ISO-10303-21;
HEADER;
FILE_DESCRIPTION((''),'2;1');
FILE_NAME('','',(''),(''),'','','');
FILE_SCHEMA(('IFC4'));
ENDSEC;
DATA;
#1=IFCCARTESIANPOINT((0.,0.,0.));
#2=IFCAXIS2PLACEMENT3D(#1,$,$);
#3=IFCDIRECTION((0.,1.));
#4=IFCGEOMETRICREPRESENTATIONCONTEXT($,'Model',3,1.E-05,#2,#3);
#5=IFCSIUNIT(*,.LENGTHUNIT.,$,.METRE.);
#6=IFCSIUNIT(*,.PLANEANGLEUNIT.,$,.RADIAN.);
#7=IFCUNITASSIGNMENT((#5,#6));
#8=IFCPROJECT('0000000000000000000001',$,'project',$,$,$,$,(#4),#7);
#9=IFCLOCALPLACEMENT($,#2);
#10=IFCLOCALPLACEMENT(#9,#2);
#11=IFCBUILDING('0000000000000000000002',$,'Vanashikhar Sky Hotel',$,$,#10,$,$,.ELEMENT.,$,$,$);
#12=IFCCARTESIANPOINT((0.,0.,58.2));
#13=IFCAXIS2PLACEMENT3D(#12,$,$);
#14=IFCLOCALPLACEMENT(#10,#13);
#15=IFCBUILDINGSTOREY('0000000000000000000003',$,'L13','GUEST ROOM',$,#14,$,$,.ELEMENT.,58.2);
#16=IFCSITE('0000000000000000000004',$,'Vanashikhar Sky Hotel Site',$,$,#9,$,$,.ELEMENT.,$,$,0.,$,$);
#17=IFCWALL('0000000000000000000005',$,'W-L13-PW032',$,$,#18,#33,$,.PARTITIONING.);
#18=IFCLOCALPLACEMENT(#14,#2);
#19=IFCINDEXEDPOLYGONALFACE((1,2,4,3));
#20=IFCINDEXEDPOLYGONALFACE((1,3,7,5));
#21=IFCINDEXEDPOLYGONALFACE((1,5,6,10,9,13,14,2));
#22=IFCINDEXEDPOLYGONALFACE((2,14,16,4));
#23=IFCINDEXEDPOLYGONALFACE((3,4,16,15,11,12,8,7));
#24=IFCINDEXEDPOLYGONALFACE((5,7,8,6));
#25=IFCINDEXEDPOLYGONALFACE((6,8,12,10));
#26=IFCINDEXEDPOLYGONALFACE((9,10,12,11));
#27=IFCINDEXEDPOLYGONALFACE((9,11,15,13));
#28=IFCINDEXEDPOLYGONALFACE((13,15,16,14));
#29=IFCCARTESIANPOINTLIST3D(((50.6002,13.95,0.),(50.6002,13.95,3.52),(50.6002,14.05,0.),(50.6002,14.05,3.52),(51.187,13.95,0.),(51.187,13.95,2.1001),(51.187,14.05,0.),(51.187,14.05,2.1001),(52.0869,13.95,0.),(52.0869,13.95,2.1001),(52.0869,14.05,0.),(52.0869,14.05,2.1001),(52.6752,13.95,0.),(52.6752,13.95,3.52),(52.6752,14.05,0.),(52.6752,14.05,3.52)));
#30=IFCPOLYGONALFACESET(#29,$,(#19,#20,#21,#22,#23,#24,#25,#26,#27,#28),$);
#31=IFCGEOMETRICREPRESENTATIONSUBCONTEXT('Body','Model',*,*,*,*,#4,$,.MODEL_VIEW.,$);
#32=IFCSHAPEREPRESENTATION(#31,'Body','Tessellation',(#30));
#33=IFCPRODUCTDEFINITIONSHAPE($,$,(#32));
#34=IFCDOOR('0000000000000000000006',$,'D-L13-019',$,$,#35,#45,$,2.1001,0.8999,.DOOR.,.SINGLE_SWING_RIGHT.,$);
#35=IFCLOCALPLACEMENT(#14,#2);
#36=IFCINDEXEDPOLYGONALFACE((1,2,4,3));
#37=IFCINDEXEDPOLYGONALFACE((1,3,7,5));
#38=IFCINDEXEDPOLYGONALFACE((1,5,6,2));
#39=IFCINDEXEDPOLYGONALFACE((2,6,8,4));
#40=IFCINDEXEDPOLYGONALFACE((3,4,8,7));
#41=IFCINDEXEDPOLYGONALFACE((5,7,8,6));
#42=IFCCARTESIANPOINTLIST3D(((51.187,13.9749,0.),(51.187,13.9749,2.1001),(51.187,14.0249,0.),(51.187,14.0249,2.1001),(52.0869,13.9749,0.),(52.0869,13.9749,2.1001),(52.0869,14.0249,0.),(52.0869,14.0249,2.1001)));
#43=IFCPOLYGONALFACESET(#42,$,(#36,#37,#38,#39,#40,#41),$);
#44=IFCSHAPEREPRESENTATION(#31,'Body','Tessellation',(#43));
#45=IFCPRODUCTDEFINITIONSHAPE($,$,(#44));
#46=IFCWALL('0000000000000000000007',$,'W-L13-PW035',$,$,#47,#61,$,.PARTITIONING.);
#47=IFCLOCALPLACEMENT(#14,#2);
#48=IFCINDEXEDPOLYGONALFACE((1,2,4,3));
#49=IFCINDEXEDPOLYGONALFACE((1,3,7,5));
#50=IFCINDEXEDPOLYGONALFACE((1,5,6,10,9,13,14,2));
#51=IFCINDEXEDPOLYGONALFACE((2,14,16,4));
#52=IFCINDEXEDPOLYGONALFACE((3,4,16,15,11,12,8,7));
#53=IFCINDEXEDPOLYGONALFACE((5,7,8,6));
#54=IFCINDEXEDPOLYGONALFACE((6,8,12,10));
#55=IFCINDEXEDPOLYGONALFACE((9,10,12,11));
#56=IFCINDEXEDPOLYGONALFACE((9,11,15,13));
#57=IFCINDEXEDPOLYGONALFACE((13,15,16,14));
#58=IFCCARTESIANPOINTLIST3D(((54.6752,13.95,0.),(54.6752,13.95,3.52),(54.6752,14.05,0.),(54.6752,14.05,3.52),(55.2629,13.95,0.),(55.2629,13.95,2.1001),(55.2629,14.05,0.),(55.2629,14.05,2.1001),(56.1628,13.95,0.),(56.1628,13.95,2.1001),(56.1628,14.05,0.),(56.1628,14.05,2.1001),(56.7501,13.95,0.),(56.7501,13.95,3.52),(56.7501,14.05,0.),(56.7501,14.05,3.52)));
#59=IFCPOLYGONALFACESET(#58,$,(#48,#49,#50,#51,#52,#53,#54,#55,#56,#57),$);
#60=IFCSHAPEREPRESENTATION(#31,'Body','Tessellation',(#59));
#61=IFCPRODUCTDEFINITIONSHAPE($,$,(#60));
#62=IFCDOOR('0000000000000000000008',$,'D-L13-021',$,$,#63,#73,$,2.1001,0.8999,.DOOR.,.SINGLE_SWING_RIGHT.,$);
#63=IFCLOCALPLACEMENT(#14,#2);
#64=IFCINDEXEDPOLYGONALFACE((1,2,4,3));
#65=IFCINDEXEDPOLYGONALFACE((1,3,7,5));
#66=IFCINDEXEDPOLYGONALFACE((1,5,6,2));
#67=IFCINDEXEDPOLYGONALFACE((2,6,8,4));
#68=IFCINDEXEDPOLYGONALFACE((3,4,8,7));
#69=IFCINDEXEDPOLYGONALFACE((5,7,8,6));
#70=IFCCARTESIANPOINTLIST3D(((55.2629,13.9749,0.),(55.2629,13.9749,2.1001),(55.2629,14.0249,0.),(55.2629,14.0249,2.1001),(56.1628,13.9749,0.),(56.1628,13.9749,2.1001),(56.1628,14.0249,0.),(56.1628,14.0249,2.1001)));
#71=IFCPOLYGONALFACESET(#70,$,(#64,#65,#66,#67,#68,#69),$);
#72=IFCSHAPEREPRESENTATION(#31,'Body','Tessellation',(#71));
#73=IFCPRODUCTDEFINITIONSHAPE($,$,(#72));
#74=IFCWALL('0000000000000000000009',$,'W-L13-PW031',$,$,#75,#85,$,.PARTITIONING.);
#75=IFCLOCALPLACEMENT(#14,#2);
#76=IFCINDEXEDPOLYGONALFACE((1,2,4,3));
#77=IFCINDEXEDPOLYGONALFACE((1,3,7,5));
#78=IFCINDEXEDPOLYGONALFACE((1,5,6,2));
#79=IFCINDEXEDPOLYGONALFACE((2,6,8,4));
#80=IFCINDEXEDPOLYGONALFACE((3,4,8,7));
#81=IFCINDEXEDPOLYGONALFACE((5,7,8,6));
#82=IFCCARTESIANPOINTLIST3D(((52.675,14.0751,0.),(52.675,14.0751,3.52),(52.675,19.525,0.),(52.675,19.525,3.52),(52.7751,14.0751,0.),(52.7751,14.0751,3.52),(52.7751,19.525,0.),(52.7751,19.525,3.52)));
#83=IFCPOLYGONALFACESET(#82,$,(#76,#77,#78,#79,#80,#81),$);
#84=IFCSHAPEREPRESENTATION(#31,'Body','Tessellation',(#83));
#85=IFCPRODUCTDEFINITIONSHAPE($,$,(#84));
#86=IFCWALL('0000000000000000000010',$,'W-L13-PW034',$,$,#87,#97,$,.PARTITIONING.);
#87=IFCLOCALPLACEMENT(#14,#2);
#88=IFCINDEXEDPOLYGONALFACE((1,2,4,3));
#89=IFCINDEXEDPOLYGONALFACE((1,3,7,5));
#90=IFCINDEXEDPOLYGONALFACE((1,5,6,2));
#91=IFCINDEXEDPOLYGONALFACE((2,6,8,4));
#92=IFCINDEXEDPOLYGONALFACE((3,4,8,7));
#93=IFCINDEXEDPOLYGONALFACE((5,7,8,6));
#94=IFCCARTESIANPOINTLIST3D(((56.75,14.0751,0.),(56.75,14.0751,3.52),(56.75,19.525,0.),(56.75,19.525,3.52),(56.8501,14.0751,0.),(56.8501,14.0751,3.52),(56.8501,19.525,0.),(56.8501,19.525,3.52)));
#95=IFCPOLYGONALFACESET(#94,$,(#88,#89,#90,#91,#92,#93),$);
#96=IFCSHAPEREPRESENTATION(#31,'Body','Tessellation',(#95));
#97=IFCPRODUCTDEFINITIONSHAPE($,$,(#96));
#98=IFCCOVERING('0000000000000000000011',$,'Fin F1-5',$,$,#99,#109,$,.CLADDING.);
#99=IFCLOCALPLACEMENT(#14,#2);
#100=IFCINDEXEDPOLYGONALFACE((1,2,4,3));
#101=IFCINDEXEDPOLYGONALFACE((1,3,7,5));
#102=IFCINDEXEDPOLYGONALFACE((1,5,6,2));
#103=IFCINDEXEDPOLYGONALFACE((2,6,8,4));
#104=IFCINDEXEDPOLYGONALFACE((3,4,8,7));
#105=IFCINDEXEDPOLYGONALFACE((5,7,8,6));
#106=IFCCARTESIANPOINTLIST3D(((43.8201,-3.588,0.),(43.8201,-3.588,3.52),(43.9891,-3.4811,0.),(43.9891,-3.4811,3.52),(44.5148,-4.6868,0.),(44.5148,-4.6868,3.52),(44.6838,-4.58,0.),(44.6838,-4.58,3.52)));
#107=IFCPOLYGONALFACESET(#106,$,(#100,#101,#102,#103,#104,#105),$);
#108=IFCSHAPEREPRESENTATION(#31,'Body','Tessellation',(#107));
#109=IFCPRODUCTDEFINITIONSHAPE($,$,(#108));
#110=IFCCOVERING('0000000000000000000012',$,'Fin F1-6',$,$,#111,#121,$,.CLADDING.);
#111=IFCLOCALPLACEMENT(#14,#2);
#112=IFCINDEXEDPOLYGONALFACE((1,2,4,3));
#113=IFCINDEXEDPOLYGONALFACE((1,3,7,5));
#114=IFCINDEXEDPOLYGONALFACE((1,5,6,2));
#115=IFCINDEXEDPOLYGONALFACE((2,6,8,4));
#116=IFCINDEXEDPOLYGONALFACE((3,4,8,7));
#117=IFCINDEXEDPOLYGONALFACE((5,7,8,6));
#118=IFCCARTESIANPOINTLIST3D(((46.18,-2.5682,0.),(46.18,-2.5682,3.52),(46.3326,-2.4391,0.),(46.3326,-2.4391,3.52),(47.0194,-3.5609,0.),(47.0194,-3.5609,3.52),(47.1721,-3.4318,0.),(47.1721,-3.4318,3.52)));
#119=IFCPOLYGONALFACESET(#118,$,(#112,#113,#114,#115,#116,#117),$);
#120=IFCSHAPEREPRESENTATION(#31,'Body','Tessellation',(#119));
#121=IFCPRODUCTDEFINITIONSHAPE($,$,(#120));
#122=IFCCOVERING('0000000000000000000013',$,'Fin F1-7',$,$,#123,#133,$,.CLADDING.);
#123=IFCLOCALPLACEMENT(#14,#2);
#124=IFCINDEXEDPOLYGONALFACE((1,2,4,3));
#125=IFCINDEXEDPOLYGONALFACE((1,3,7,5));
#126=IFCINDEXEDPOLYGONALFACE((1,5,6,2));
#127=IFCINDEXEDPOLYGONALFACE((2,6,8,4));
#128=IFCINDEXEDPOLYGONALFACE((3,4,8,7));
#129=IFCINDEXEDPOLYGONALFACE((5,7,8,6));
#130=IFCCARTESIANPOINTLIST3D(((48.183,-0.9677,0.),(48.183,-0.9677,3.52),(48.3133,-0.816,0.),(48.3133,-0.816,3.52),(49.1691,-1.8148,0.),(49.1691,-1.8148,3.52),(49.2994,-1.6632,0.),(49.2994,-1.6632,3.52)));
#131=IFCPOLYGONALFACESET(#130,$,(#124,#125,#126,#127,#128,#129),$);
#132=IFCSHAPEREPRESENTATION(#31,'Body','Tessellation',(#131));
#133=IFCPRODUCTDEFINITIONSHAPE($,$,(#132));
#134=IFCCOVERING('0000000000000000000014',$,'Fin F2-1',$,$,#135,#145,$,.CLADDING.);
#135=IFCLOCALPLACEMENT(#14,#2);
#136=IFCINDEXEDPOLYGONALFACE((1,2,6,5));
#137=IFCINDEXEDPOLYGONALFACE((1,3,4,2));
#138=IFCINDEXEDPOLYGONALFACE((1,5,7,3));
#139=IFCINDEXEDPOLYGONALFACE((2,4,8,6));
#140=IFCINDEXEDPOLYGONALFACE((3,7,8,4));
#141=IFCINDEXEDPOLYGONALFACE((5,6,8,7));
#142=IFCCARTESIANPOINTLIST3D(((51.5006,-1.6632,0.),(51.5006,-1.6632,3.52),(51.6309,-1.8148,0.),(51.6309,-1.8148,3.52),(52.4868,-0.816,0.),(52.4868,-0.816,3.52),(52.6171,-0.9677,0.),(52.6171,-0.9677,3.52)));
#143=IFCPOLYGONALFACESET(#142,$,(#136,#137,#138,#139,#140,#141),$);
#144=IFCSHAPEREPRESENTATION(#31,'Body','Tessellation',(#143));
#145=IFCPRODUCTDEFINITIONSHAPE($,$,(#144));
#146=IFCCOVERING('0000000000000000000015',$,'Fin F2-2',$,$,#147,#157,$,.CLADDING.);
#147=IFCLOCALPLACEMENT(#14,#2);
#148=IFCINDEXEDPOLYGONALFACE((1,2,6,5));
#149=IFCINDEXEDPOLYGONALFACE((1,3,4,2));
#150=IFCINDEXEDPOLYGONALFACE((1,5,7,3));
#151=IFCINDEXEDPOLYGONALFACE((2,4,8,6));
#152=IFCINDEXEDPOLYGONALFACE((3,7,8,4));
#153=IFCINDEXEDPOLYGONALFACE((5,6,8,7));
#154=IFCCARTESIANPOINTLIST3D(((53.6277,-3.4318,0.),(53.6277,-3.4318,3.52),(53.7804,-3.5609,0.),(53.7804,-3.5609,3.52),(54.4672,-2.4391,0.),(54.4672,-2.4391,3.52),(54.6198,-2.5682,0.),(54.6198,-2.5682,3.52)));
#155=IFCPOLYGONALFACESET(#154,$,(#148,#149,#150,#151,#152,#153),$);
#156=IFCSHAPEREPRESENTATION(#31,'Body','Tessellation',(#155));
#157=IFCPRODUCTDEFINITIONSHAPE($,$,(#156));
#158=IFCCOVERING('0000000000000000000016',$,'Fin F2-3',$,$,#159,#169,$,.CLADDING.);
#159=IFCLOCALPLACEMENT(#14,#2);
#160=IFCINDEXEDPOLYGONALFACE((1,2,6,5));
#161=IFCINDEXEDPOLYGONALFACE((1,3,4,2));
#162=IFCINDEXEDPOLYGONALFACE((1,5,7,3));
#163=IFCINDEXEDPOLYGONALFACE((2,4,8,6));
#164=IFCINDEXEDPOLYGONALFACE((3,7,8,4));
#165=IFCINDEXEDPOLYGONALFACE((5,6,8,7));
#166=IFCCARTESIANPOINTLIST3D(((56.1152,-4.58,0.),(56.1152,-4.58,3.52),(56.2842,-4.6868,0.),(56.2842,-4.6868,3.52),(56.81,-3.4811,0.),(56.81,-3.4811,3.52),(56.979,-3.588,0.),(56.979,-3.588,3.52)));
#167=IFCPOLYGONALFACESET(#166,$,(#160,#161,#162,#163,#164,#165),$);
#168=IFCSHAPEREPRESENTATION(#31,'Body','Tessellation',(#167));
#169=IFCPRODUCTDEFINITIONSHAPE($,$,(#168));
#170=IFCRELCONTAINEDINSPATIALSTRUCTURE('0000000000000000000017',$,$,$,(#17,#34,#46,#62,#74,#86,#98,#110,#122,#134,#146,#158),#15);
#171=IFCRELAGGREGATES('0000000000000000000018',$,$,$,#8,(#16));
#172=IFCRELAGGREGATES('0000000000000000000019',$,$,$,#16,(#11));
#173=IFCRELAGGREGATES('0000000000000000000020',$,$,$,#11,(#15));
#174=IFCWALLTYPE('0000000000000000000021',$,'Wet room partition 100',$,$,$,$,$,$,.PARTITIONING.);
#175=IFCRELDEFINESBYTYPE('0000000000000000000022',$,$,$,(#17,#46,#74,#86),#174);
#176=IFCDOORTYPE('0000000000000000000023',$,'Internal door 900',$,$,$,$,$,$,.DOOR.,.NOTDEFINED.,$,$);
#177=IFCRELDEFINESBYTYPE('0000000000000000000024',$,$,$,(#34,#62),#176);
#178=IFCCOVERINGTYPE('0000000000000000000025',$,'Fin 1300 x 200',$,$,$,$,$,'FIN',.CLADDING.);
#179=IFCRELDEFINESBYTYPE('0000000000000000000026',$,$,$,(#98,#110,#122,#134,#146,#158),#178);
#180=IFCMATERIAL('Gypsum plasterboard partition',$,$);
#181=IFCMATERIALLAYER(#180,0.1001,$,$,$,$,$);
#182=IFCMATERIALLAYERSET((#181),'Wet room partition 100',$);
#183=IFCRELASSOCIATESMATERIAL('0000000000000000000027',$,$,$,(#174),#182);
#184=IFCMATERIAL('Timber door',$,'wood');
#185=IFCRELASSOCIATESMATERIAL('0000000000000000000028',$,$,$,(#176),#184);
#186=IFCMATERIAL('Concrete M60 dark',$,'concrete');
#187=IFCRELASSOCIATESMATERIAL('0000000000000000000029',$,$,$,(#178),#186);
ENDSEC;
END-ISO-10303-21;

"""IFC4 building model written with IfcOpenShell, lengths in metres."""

from ifc_helpers import new_model, si_unit, direction, frame, frame_2d, origin, origin_2d, place, context, subcontext, project, spatial, rectangle, extrude, source, transform, mapped, material, layer, layer_set, material_profile, profile_set, type_object, element, fill, save


model = new_model("IFC4")

# Units and contexts
model_context = context("Model", 3, precision=1e-05, world=origin(), true_north=direction((0.0, 1.0)))
body_context = subcontext(model_context, "Body", "Model", "MODEL_VIEW")
ifc_project = project(units=[si_unit("LENGTHUNIT", "METRE"), si_unit("PLANEANGLEUNIT", "RADIAN")], contexts=[model_context])

# Site, building, storey
site_placement = place(None, origin())
site = spatial("IfcSite", under=ifc_project, at=site_placement, Name="Vanashikhar Sky Hotel Site", CompositionType="ELEMENT", RefElevation=0.0)
building_placement = place(site_placement, origin())
building = spatial("IfcBuilding", under=site, at=building_placement, Name="Vanashikhar Sky Hotel", CompositionType="ELEMENT")
storey_placement = place(building_placement, frame((0.0, 0.0, 58.2)))
storey = spatial("IfcBuildingStorey", under=building, at=storey_placement, Name="L13", Description="GUEST ROOM", CompositionType="ELEMENT", Elevation=58.2)

# Shared definitions
ifc_material_1 = material(Name="Gypsum plasterboard partition")

# Walls, openings, doors
ifc_layer_1 = layer(ifc_material_1, 0.1001)
ifc_layer_set_1 = layer_set([ifc_layer_1], Name="Wet room partition 100")
wall_type_1 = type_object("IfcWallType", Name="Wet room partition 100", PredefinedType="PARTITIONING", material=ifc_layer_set_1)
shared_shape_1 = source(origin(), body_context, "Body", "SweptSolid", [
    extrude(rectangle(XDim=2.075, YDim=0.1001, at=frame_2d((1.0376, 0.0))), origin(), (0.0, 0.0, 1.0), 3.52),
])
wall_1_placement = place(storey_placement, frame((50.6001, 14.0, 0.0), z_axis=(0.0, 0.0, 1.0), x_axis=(1.0, 0.0, 0.0)))
wall_1 = element("IfcWall", 1, at=wall_1_placement, inside=storey, type_object=wall_type_1, Name="W-L13-PW032", PredefinedType="PARTITIONING", context=body_context, shape_type="MappedRepresentation", body=[
    mapped(shared_shape_1, transform((0.0, 0.0, 0.0), scale=1.0)),
])
shared_shape_2 = source(origin(), body_context, "Body", "SweptSolid", [
    extrude(rectangle(XDim=0.8999, YDim=2.1001, at=frame_2d((0.45, 1.05))), frame((0.0, 0.0601, 0.0), z_axis=(0.0, -1.0, 0.0), x_axis=(1.0, 0.0, 0.0)), (0.0, 0.0, 1.0), 0.1201),
])
opening_1_placement = place(wall_1_placement, frame((0.5869, 0.0, 0.0)))
opening_1 = element("IfcOpeningElement", 2, at=opening_1_placement, cuts=wall_1, PredefinedType="OPENING", context=body_context, shape_type="MappedRepresentation", body=[
    mapped(shared_shape_2, transform((0.0, 0.0, 0.0), scale=1.0)),
])
ifc_material_2 = material(Name="Timber door", Category="wood")
door_type = type_object("IfcDoorType", Name="Internal door 900", OperationType="NOTDEFINED", PredefinedType="DOOR", material=ifc_material_2)
shared_shape_3 = source(origin(), body_context, "Body", "SweptSolid", [
    extrude(rectangle(XDim=0.8999, YDim=2.1001, at=frame_2d((0.45, 1.05))), frame((0.0, 0.0249, 0.0), z_axis=(0.0, -1.0, 0.0), x_axis=(1.0, 0.0, 0.0)), (0.0, 0.0, 1.0), 0.05),
])
door_1_placement = place(opening_1_placement, origin())
door_1 = element("IfcDoor", 3, at=door_1_placement, inside=storey, type_object=door_type, Name="D-L13-019", OperationType="SINGLE_SWING_RIGHT", OverallHeight=2.1001, OverallWidth=0.8999, PredefinedType="DOOR", context=body_context, shape_type="MappedRepresentation", body=[
    mapped(shared_shape_3, transform((0.0, 0.0, 0.0), scale=1.0)),
])
fill(opening_1, door_1)
wall_2_placement = place(storey_placement, frame((54.675, 14.0, 0.0), z_axis=(0.0, 0.0, 1.0), x_axis=(1.0, 0.0, 0.0)))
wall_2 = element("IfcWall", 4, at=wall_2_placement, inside=storey, type_object=wall_type_1, Name="W-L13-PW035", PredefinedType="PARTITIONING", context=body_context, shape_type="MappedRepresentation", body=[
    mapped(shared_shape_1, transform((0.0, 0.0, 0.0), scale=1.0)),
])
opening_2_placement = place(wall_2_placement, frame((0.5879, 0.0, 0.0)))
opening_2 = element("IfcOpeningElement", 5, at=opening_2_placement, cuts=wall_2, PredefinedType="OPENING", context=body_context, shape_type="MappedRepresentation", body=[
    mapped(shared_shape_2, transform((0.0, 0.0, 0.0), scale=1.0)),
])
door_2_placement = place(opening_2_placement, origin())
door_2 = element("IfcDoor", 6, at=door_2_placement, inside=storey, type_object=door_type, Name="D-L13-021", OperationType="SINGLE_SWING_RIGHT", OverallHeight=2.1001, OverallWidth=0.8999, PredefinedType="DOOR", context=body_context, shape_type="MappedRepresentation", body=[
    mapped(shared_shape_3, transform((0.0, 0.0, 0.0), scale=1.0)),
])
fill(opening_2, door_2)

# Walls
shared_shape_4 = source(origin(), body_context, "Body", "SweptSolid", [
    extrude(rectangle(XDim=5.45, YDim=0.1001, at=frame_2d((2.7251, 0.0))), origin(), (0.0, 0.0, 1.0), 3.52),
])
for number, where, z_axis, x_axis, name in (
    (7, (52.7251, 14.075, 0.0), (0.0, 0.0, 1.0), (0.0, 1.0, 0.0), "W-L13-PW031"),
    (8, (56.8, 14.075, 0.0), (0.0, 0.0, 1.0), (0.0, 1.0, 0.0), "W-L13-PW034"),
):
    element("IfcWall", number, at=place(storey_placement, frame(where, z_axis=z_axis, x_axis=x_axis)), inside=storey, type_object=wall_type_1, Name=name, PredefinedType="PARTITIONING", context=body_context, shape_type="MappedRepresentation", body=[
        mapped(shared_shape_4, transform((0.0, 0.0, 0.0), scale=1.0)),
    ])

# Coverings
ifc_material_3 = material(Name="Concrete M60 dark", Category="concrete")
ifc_material_profile = material_profile(ifc_material_3, rectangle(XDim=1.3, YDim=0.2, at=origin_2d()))
ifc_profile_set = profile_set([ifc_material_profile], Name="Fin 1300 x 200")
covering_type = type_object("IfcCoveringType", Name="Fin 1300 x 200", ElementType="FIN", PredefinedType="CLADDING", material=ifc_profile_set)
shared_shape_5 = source(origin(), body_context, "Body", "SweptSolid", [
    extrude(rectangle(XDim=1.3, YDim=0.2, at=origin_2d()), origin(), (0.0, 0.0, 1.0), 3.52),
])
for number, where, z_axis, x_axis, name in (
    (9, (44.252, -4.084, 0.0), (0.0, 0.0, 1.0), (0.534411, -0.845225, 0.0), "Fin F1-5"),
    (10, (46.676, -3.0, 0.0), (0.0, 0.0, 1.0), (0.645698, -0.763593, 0.0), "Fin F1-6"),
    (11, (48.7412, -1.3154, 0.0), (0.0, 0.0, 1.0), (0.758544, -0.651622, 0.0), "Fin F1-7"),
    (12, (52.0588, -1.3154, 0.0), (0.0, 0.0, 1.0), (-0.758544, -0.651622, 0.0), "Fin F2-1"),
    (13, (54.1238, -3.0, 0.0), (0.0, 0.0, 1.0), (-0.645698, -0.763593, 0.0), "Fin F2-2"),
    (14, (56.5471, -4.084, 0.0), (0.0, 0.0, 1.0), (-0.534411, -0.845225, 0.0), "Fin F2-3"),
):
    element("IfcCovering", number, at=place(storey_placement, frame(where, z_axis=z_axis, x_axis=x_axis)), inside=storey, type_object=covering_type, Name=name, PredefinedType="CLADDING", context=body_context, shape_type="MappedRepresentation", body=[
        mapped(shared_shape_5, transform((0.0, 0.0, 0.0), scale=1.0)),
    ])

save(model, "model.ifc")
